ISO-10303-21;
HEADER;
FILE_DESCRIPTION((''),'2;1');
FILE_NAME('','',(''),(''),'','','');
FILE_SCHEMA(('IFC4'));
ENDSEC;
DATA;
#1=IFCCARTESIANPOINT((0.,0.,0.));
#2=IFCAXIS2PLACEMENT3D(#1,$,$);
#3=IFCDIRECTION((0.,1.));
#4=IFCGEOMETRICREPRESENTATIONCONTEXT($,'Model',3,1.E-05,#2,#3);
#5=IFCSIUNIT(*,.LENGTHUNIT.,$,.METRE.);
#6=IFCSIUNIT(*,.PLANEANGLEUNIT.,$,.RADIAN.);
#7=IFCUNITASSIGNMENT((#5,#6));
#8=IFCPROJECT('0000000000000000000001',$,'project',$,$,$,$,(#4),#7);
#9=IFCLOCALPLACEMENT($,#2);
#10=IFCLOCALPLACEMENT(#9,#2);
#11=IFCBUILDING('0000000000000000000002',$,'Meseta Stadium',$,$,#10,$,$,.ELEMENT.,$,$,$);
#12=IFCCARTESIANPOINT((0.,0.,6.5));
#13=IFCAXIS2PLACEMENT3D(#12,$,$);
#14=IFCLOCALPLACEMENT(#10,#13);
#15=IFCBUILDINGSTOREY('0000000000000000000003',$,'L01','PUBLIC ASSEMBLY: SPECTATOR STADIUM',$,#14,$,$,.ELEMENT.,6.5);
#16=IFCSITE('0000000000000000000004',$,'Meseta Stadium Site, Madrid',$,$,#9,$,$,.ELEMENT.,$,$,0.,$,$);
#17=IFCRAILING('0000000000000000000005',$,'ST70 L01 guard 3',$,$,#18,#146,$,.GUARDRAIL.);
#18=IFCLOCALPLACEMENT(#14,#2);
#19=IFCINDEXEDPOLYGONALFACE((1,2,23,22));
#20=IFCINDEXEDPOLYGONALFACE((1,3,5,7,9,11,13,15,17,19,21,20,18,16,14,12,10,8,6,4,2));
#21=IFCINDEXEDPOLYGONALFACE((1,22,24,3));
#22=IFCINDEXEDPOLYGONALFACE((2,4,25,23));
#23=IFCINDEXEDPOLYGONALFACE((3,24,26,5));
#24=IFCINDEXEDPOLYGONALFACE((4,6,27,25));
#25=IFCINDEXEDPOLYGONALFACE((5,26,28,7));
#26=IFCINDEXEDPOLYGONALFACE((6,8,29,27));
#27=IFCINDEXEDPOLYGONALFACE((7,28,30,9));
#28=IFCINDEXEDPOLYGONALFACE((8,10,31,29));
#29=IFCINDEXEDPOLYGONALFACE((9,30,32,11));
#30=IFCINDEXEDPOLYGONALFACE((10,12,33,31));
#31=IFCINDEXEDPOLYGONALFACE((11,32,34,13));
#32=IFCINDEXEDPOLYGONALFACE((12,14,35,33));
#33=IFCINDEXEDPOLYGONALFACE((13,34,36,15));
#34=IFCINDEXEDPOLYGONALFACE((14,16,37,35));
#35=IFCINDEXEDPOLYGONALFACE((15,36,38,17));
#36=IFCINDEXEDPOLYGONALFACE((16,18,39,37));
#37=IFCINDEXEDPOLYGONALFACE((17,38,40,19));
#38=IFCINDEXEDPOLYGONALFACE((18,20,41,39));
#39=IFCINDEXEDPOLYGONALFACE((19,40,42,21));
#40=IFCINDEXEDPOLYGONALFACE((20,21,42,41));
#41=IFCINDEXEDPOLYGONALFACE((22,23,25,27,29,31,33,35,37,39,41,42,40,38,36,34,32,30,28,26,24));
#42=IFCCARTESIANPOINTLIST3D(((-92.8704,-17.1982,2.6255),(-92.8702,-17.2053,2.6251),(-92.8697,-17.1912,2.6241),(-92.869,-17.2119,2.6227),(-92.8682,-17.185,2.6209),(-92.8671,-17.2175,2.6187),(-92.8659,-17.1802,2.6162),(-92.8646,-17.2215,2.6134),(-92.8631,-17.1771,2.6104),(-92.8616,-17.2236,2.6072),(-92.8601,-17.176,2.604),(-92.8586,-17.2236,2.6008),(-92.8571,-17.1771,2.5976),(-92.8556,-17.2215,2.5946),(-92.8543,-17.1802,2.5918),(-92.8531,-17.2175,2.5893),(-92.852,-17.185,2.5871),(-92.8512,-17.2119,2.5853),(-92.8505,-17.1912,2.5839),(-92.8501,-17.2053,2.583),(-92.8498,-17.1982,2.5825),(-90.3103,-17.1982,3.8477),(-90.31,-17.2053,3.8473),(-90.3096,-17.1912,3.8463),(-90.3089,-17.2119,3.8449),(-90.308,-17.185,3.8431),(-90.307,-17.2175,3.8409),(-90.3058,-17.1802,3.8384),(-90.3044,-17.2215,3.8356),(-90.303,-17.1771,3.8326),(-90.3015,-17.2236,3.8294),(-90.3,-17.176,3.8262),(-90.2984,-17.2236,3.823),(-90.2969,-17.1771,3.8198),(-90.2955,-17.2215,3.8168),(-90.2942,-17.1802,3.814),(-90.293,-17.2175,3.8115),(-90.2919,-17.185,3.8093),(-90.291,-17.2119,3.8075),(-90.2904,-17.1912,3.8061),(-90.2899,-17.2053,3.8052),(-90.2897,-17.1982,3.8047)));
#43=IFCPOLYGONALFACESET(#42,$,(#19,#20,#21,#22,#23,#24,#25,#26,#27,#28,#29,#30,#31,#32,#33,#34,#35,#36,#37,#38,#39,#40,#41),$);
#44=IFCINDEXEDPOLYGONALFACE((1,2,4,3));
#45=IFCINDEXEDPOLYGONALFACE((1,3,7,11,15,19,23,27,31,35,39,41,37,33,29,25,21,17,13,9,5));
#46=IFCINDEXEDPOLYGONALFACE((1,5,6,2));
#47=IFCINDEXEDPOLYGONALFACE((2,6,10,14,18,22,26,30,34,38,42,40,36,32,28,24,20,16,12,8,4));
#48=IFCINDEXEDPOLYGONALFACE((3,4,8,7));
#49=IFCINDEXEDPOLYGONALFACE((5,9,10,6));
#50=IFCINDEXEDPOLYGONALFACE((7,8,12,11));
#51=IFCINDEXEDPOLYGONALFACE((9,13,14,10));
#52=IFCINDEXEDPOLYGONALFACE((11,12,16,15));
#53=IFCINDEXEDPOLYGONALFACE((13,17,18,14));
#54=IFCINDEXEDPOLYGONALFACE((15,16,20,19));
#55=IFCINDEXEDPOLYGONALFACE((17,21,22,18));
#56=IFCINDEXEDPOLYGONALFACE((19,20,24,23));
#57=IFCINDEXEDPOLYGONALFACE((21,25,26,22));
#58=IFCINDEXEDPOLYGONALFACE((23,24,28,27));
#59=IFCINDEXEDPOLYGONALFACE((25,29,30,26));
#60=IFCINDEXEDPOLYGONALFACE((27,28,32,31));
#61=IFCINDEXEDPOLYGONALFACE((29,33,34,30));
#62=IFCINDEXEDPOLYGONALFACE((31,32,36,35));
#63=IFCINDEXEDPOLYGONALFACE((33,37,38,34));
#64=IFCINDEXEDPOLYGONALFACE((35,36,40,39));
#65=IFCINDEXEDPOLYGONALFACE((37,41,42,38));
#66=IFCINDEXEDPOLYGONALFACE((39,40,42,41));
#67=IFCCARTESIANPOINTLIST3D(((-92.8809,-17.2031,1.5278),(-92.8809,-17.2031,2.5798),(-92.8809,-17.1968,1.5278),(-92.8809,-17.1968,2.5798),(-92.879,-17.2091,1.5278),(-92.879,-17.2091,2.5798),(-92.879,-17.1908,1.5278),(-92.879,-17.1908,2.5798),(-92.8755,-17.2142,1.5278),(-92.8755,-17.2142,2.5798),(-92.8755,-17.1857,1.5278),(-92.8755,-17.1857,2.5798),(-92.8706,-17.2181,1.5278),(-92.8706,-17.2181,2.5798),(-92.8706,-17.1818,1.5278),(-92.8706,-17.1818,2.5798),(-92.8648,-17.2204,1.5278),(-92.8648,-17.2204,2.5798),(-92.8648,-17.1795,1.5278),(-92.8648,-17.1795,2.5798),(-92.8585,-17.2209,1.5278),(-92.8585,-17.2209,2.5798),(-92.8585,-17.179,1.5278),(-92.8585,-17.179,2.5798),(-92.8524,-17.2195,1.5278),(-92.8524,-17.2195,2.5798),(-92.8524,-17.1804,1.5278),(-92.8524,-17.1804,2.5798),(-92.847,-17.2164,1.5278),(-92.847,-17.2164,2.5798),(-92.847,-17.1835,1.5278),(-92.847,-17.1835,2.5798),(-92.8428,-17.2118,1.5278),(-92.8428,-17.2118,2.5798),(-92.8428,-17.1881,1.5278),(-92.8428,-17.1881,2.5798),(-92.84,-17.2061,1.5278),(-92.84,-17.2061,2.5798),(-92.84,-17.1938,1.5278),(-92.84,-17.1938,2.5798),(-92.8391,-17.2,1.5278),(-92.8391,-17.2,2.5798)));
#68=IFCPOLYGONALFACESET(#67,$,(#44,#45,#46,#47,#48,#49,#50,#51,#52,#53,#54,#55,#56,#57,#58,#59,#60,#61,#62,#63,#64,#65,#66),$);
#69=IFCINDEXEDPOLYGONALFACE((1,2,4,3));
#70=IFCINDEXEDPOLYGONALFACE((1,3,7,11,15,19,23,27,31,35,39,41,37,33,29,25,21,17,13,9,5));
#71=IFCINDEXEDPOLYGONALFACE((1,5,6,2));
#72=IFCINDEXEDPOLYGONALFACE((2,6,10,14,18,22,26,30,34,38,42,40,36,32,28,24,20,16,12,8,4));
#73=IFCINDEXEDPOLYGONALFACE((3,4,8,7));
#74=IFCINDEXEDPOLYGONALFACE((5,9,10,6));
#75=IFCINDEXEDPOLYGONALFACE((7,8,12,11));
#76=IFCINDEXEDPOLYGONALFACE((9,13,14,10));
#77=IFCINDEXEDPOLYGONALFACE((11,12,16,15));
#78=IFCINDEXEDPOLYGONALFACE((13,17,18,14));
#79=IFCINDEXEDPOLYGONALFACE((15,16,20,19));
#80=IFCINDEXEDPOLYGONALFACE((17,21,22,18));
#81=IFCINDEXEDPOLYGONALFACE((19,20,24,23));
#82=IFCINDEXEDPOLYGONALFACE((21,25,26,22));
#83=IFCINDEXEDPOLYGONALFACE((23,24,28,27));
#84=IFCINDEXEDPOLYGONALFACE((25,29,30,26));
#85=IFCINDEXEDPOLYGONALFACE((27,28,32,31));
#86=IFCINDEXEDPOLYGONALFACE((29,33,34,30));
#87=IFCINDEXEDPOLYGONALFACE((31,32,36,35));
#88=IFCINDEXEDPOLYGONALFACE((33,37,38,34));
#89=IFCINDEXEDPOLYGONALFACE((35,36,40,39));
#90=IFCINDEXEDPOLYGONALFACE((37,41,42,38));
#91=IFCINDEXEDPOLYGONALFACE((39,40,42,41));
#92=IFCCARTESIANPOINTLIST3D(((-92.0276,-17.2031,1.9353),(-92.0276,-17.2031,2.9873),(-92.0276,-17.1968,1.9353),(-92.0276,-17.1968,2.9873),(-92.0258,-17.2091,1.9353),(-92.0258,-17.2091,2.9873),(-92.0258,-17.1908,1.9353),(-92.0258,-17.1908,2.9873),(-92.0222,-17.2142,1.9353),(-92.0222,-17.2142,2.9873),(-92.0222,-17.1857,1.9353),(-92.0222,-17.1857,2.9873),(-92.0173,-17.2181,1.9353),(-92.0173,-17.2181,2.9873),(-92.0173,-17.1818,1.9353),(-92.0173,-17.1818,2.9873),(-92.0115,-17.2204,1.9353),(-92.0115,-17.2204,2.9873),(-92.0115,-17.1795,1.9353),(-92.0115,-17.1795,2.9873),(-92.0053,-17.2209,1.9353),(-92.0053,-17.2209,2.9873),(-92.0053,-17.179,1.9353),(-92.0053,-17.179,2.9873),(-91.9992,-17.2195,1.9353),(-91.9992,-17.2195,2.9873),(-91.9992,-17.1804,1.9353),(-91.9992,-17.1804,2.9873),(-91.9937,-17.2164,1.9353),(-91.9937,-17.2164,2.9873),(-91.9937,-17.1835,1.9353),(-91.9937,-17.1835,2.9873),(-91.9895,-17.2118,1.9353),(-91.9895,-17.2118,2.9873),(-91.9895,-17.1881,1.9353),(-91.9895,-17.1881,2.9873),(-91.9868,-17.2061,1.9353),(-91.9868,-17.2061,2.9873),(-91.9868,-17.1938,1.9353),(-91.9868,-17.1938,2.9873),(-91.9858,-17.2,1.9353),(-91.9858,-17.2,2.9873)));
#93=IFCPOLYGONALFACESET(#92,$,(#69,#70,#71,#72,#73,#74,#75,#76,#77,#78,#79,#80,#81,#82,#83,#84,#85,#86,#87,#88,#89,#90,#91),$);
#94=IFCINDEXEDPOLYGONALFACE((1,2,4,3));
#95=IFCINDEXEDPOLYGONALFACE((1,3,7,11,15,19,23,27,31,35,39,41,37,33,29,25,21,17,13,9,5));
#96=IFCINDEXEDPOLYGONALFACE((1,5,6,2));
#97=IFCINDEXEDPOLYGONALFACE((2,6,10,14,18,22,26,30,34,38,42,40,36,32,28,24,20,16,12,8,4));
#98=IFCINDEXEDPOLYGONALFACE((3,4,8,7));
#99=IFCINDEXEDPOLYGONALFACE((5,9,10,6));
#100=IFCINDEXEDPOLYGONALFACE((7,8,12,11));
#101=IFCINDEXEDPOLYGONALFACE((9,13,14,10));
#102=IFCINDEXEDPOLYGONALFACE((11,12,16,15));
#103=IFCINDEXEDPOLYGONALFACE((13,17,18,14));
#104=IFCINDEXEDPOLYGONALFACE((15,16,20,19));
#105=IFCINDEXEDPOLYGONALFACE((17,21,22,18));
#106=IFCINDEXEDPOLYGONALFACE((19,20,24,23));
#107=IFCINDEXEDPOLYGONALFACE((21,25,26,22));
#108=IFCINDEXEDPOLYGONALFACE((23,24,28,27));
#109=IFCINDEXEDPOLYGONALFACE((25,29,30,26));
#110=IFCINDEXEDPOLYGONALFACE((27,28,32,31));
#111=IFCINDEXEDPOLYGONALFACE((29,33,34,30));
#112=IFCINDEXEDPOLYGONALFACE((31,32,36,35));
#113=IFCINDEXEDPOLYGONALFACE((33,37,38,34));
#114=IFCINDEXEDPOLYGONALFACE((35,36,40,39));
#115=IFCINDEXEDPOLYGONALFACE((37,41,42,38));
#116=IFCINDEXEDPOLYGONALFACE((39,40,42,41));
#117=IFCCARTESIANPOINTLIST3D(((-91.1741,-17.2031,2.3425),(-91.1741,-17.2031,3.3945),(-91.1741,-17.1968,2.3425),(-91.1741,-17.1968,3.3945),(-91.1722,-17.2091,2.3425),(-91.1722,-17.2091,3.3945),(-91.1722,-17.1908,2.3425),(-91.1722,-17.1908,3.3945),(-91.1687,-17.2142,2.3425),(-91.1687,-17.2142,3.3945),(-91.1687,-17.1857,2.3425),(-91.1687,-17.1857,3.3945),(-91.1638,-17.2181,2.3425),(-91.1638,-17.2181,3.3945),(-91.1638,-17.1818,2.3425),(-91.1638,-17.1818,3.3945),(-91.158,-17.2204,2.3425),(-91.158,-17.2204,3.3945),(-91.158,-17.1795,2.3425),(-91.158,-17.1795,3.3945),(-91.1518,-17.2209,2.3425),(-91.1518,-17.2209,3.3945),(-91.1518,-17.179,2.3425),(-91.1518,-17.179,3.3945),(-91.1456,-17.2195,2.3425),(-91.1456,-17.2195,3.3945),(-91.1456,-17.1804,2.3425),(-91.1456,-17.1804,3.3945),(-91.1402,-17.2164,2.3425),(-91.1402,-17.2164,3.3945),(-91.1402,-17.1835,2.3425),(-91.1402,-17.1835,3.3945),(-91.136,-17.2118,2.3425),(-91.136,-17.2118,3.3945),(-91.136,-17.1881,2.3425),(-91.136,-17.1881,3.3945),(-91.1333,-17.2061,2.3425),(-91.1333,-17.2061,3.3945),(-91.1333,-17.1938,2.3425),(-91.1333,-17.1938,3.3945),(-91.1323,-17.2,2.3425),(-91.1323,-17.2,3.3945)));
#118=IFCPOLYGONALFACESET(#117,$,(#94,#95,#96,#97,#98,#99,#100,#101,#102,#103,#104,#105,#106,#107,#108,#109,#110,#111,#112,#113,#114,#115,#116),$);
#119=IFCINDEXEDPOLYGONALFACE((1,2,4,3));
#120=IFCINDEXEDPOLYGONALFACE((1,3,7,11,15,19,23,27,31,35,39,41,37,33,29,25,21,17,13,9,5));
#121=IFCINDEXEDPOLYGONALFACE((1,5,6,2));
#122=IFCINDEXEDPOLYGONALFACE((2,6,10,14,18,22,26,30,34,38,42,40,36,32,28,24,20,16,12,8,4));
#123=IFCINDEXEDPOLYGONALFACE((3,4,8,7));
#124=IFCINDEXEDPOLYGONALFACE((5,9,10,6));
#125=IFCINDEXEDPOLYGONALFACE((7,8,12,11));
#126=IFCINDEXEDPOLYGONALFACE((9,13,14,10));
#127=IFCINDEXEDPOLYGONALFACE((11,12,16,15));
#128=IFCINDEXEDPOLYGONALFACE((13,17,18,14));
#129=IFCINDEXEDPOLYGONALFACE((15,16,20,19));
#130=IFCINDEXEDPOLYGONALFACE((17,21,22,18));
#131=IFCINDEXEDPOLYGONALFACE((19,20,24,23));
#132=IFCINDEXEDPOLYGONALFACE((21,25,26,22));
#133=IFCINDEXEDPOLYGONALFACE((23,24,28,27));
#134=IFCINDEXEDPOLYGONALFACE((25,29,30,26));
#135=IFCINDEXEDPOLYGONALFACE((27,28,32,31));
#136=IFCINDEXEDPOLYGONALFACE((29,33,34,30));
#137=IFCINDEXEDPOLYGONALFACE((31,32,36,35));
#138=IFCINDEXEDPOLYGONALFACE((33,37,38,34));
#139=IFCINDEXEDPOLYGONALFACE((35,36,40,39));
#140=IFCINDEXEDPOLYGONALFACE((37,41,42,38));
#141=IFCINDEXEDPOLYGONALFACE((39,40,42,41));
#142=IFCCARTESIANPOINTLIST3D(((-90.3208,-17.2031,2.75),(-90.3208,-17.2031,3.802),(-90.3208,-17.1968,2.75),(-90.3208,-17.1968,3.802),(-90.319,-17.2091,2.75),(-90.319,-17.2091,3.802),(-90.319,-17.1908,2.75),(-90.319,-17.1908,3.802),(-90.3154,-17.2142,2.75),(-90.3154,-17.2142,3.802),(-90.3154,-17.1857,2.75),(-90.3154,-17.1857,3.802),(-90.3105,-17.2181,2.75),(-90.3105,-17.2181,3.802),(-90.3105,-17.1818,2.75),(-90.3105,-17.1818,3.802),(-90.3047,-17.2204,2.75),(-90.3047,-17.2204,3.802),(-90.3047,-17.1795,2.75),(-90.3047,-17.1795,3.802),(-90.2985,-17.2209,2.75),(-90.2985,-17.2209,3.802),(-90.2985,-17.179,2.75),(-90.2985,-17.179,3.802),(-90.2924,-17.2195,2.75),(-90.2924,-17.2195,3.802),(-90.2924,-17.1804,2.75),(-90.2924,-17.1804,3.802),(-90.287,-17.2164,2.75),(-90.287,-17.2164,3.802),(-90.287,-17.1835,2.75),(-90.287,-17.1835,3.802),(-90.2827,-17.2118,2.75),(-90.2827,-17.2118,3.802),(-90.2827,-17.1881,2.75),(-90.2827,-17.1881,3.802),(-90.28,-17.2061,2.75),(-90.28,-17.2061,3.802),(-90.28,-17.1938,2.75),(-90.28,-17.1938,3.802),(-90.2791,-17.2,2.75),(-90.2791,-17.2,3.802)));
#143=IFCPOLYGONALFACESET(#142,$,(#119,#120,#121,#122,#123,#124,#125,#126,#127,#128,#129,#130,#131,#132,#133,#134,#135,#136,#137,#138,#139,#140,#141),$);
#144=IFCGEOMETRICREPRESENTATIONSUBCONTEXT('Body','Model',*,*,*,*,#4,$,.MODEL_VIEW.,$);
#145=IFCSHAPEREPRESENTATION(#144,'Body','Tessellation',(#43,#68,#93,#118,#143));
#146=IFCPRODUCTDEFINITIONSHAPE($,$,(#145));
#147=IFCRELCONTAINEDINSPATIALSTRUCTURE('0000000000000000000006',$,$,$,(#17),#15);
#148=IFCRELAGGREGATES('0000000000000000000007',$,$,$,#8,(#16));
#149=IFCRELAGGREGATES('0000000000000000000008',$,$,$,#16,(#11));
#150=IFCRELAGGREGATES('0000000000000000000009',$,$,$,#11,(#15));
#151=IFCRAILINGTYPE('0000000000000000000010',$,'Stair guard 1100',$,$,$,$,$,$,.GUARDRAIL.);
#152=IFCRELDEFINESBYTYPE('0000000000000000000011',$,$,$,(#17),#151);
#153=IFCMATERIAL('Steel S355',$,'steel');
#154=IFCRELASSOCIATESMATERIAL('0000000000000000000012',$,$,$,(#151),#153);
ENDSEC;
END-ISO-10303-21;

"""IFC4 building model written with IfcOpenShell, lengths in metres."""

from ifc_helpers import new_model, si_unit, direction, frame, origin, origin_2d, place, context, subcontext, project, spatial, circle, extrude, material, type_object, element, save


model = new_model("IFC4")

# Units and contexts
model_context = context("Model", 3, precision=1e-05, world=origin(), true_north=direction((0.0, 1.0)))
body_context = subcontext(model_context, "Body", "Model", "MODEL_VIEW")
ifc_project = project(units=[si_unit("LENGTHUNIT", "METRE"), si_unit("PLANEANGLEUNIT", "RADIAN")], contexts=[model_context])

# Site, building, storey
site_placement = place(None, origin())
site = spatial("IfcSite", under=ifc_project, at=site_placement, Name="Meseta Stadium Site, Madrid", CompositionType="ELEMENT", RefElevation=0.0)
building_placement = place(site_placement, origin())
building = spatial("IfcBuilding", under=site, at=building_placement, Name="Meseta Stadium", CompositionType="ELEMENT")
storey_placement = place(building_placement, frame((0.0, 0.0, 6.5)))
storey = spatial("IfcBuildingStorey", under=building, at=storey_placement, Name="L01", Description="PUBLIC ASSEMBLY: SPECTATOR STADIUM", CompositionType="ELEMENT", Elevation=6.5)

# Railing
ifc_material_1 = material(Name="Steel S355", Category="steel")
railing_type_1 = type_object("IfcRailingType", Name="Stair guard 1100", PredefinedType="GUARDRAIL", material=ifc_material_1)
railing_1_placement = place(storey_placement, frame((-92.8601, -17.2, 1.5278)))
element("IfcRailing", 1, at=railing_1_placement, inside=storey, type_object=railing_type_1, Name="ST70 L01 guard 3", PredefinedType="GUARDRAIL", context=body_context, shape_type="SweptSolid", body=[
    extrude(circle(Radius=0.0239, at=origin_2d()), frame((0.0, 0.0, 1.0762), z_axis=(0.902437, 0.0, 0.430822), x_axis=(0.0, 1.0, 0.0)), (0.0, 0.0, 1.0), 2.8369),
    extrude(circle(Radius=0.021, at=origin_2d()), origin(), (0.0, 0.0, 1.0), 1.052),
    extrude(circle(Radius=0.021, at=origin_2d()), frame((0.8533, 0.0, 0.4075)), (0.0, 0.0, 1.0), 1.052),
    extrude(circle(Radius=0.021, at=origin_2d()), frame((1.7068, 0.0, 0.8147)), (0.0, 0.0, 1.0), 1.052),
    extrude(circle(Radius=0.021, at=origin_2d()), frame((2.5601, 0.0, 1.2222)), (0.0, 0.0, 1.0), 1.052),
])

save(model, "model.ifc")
